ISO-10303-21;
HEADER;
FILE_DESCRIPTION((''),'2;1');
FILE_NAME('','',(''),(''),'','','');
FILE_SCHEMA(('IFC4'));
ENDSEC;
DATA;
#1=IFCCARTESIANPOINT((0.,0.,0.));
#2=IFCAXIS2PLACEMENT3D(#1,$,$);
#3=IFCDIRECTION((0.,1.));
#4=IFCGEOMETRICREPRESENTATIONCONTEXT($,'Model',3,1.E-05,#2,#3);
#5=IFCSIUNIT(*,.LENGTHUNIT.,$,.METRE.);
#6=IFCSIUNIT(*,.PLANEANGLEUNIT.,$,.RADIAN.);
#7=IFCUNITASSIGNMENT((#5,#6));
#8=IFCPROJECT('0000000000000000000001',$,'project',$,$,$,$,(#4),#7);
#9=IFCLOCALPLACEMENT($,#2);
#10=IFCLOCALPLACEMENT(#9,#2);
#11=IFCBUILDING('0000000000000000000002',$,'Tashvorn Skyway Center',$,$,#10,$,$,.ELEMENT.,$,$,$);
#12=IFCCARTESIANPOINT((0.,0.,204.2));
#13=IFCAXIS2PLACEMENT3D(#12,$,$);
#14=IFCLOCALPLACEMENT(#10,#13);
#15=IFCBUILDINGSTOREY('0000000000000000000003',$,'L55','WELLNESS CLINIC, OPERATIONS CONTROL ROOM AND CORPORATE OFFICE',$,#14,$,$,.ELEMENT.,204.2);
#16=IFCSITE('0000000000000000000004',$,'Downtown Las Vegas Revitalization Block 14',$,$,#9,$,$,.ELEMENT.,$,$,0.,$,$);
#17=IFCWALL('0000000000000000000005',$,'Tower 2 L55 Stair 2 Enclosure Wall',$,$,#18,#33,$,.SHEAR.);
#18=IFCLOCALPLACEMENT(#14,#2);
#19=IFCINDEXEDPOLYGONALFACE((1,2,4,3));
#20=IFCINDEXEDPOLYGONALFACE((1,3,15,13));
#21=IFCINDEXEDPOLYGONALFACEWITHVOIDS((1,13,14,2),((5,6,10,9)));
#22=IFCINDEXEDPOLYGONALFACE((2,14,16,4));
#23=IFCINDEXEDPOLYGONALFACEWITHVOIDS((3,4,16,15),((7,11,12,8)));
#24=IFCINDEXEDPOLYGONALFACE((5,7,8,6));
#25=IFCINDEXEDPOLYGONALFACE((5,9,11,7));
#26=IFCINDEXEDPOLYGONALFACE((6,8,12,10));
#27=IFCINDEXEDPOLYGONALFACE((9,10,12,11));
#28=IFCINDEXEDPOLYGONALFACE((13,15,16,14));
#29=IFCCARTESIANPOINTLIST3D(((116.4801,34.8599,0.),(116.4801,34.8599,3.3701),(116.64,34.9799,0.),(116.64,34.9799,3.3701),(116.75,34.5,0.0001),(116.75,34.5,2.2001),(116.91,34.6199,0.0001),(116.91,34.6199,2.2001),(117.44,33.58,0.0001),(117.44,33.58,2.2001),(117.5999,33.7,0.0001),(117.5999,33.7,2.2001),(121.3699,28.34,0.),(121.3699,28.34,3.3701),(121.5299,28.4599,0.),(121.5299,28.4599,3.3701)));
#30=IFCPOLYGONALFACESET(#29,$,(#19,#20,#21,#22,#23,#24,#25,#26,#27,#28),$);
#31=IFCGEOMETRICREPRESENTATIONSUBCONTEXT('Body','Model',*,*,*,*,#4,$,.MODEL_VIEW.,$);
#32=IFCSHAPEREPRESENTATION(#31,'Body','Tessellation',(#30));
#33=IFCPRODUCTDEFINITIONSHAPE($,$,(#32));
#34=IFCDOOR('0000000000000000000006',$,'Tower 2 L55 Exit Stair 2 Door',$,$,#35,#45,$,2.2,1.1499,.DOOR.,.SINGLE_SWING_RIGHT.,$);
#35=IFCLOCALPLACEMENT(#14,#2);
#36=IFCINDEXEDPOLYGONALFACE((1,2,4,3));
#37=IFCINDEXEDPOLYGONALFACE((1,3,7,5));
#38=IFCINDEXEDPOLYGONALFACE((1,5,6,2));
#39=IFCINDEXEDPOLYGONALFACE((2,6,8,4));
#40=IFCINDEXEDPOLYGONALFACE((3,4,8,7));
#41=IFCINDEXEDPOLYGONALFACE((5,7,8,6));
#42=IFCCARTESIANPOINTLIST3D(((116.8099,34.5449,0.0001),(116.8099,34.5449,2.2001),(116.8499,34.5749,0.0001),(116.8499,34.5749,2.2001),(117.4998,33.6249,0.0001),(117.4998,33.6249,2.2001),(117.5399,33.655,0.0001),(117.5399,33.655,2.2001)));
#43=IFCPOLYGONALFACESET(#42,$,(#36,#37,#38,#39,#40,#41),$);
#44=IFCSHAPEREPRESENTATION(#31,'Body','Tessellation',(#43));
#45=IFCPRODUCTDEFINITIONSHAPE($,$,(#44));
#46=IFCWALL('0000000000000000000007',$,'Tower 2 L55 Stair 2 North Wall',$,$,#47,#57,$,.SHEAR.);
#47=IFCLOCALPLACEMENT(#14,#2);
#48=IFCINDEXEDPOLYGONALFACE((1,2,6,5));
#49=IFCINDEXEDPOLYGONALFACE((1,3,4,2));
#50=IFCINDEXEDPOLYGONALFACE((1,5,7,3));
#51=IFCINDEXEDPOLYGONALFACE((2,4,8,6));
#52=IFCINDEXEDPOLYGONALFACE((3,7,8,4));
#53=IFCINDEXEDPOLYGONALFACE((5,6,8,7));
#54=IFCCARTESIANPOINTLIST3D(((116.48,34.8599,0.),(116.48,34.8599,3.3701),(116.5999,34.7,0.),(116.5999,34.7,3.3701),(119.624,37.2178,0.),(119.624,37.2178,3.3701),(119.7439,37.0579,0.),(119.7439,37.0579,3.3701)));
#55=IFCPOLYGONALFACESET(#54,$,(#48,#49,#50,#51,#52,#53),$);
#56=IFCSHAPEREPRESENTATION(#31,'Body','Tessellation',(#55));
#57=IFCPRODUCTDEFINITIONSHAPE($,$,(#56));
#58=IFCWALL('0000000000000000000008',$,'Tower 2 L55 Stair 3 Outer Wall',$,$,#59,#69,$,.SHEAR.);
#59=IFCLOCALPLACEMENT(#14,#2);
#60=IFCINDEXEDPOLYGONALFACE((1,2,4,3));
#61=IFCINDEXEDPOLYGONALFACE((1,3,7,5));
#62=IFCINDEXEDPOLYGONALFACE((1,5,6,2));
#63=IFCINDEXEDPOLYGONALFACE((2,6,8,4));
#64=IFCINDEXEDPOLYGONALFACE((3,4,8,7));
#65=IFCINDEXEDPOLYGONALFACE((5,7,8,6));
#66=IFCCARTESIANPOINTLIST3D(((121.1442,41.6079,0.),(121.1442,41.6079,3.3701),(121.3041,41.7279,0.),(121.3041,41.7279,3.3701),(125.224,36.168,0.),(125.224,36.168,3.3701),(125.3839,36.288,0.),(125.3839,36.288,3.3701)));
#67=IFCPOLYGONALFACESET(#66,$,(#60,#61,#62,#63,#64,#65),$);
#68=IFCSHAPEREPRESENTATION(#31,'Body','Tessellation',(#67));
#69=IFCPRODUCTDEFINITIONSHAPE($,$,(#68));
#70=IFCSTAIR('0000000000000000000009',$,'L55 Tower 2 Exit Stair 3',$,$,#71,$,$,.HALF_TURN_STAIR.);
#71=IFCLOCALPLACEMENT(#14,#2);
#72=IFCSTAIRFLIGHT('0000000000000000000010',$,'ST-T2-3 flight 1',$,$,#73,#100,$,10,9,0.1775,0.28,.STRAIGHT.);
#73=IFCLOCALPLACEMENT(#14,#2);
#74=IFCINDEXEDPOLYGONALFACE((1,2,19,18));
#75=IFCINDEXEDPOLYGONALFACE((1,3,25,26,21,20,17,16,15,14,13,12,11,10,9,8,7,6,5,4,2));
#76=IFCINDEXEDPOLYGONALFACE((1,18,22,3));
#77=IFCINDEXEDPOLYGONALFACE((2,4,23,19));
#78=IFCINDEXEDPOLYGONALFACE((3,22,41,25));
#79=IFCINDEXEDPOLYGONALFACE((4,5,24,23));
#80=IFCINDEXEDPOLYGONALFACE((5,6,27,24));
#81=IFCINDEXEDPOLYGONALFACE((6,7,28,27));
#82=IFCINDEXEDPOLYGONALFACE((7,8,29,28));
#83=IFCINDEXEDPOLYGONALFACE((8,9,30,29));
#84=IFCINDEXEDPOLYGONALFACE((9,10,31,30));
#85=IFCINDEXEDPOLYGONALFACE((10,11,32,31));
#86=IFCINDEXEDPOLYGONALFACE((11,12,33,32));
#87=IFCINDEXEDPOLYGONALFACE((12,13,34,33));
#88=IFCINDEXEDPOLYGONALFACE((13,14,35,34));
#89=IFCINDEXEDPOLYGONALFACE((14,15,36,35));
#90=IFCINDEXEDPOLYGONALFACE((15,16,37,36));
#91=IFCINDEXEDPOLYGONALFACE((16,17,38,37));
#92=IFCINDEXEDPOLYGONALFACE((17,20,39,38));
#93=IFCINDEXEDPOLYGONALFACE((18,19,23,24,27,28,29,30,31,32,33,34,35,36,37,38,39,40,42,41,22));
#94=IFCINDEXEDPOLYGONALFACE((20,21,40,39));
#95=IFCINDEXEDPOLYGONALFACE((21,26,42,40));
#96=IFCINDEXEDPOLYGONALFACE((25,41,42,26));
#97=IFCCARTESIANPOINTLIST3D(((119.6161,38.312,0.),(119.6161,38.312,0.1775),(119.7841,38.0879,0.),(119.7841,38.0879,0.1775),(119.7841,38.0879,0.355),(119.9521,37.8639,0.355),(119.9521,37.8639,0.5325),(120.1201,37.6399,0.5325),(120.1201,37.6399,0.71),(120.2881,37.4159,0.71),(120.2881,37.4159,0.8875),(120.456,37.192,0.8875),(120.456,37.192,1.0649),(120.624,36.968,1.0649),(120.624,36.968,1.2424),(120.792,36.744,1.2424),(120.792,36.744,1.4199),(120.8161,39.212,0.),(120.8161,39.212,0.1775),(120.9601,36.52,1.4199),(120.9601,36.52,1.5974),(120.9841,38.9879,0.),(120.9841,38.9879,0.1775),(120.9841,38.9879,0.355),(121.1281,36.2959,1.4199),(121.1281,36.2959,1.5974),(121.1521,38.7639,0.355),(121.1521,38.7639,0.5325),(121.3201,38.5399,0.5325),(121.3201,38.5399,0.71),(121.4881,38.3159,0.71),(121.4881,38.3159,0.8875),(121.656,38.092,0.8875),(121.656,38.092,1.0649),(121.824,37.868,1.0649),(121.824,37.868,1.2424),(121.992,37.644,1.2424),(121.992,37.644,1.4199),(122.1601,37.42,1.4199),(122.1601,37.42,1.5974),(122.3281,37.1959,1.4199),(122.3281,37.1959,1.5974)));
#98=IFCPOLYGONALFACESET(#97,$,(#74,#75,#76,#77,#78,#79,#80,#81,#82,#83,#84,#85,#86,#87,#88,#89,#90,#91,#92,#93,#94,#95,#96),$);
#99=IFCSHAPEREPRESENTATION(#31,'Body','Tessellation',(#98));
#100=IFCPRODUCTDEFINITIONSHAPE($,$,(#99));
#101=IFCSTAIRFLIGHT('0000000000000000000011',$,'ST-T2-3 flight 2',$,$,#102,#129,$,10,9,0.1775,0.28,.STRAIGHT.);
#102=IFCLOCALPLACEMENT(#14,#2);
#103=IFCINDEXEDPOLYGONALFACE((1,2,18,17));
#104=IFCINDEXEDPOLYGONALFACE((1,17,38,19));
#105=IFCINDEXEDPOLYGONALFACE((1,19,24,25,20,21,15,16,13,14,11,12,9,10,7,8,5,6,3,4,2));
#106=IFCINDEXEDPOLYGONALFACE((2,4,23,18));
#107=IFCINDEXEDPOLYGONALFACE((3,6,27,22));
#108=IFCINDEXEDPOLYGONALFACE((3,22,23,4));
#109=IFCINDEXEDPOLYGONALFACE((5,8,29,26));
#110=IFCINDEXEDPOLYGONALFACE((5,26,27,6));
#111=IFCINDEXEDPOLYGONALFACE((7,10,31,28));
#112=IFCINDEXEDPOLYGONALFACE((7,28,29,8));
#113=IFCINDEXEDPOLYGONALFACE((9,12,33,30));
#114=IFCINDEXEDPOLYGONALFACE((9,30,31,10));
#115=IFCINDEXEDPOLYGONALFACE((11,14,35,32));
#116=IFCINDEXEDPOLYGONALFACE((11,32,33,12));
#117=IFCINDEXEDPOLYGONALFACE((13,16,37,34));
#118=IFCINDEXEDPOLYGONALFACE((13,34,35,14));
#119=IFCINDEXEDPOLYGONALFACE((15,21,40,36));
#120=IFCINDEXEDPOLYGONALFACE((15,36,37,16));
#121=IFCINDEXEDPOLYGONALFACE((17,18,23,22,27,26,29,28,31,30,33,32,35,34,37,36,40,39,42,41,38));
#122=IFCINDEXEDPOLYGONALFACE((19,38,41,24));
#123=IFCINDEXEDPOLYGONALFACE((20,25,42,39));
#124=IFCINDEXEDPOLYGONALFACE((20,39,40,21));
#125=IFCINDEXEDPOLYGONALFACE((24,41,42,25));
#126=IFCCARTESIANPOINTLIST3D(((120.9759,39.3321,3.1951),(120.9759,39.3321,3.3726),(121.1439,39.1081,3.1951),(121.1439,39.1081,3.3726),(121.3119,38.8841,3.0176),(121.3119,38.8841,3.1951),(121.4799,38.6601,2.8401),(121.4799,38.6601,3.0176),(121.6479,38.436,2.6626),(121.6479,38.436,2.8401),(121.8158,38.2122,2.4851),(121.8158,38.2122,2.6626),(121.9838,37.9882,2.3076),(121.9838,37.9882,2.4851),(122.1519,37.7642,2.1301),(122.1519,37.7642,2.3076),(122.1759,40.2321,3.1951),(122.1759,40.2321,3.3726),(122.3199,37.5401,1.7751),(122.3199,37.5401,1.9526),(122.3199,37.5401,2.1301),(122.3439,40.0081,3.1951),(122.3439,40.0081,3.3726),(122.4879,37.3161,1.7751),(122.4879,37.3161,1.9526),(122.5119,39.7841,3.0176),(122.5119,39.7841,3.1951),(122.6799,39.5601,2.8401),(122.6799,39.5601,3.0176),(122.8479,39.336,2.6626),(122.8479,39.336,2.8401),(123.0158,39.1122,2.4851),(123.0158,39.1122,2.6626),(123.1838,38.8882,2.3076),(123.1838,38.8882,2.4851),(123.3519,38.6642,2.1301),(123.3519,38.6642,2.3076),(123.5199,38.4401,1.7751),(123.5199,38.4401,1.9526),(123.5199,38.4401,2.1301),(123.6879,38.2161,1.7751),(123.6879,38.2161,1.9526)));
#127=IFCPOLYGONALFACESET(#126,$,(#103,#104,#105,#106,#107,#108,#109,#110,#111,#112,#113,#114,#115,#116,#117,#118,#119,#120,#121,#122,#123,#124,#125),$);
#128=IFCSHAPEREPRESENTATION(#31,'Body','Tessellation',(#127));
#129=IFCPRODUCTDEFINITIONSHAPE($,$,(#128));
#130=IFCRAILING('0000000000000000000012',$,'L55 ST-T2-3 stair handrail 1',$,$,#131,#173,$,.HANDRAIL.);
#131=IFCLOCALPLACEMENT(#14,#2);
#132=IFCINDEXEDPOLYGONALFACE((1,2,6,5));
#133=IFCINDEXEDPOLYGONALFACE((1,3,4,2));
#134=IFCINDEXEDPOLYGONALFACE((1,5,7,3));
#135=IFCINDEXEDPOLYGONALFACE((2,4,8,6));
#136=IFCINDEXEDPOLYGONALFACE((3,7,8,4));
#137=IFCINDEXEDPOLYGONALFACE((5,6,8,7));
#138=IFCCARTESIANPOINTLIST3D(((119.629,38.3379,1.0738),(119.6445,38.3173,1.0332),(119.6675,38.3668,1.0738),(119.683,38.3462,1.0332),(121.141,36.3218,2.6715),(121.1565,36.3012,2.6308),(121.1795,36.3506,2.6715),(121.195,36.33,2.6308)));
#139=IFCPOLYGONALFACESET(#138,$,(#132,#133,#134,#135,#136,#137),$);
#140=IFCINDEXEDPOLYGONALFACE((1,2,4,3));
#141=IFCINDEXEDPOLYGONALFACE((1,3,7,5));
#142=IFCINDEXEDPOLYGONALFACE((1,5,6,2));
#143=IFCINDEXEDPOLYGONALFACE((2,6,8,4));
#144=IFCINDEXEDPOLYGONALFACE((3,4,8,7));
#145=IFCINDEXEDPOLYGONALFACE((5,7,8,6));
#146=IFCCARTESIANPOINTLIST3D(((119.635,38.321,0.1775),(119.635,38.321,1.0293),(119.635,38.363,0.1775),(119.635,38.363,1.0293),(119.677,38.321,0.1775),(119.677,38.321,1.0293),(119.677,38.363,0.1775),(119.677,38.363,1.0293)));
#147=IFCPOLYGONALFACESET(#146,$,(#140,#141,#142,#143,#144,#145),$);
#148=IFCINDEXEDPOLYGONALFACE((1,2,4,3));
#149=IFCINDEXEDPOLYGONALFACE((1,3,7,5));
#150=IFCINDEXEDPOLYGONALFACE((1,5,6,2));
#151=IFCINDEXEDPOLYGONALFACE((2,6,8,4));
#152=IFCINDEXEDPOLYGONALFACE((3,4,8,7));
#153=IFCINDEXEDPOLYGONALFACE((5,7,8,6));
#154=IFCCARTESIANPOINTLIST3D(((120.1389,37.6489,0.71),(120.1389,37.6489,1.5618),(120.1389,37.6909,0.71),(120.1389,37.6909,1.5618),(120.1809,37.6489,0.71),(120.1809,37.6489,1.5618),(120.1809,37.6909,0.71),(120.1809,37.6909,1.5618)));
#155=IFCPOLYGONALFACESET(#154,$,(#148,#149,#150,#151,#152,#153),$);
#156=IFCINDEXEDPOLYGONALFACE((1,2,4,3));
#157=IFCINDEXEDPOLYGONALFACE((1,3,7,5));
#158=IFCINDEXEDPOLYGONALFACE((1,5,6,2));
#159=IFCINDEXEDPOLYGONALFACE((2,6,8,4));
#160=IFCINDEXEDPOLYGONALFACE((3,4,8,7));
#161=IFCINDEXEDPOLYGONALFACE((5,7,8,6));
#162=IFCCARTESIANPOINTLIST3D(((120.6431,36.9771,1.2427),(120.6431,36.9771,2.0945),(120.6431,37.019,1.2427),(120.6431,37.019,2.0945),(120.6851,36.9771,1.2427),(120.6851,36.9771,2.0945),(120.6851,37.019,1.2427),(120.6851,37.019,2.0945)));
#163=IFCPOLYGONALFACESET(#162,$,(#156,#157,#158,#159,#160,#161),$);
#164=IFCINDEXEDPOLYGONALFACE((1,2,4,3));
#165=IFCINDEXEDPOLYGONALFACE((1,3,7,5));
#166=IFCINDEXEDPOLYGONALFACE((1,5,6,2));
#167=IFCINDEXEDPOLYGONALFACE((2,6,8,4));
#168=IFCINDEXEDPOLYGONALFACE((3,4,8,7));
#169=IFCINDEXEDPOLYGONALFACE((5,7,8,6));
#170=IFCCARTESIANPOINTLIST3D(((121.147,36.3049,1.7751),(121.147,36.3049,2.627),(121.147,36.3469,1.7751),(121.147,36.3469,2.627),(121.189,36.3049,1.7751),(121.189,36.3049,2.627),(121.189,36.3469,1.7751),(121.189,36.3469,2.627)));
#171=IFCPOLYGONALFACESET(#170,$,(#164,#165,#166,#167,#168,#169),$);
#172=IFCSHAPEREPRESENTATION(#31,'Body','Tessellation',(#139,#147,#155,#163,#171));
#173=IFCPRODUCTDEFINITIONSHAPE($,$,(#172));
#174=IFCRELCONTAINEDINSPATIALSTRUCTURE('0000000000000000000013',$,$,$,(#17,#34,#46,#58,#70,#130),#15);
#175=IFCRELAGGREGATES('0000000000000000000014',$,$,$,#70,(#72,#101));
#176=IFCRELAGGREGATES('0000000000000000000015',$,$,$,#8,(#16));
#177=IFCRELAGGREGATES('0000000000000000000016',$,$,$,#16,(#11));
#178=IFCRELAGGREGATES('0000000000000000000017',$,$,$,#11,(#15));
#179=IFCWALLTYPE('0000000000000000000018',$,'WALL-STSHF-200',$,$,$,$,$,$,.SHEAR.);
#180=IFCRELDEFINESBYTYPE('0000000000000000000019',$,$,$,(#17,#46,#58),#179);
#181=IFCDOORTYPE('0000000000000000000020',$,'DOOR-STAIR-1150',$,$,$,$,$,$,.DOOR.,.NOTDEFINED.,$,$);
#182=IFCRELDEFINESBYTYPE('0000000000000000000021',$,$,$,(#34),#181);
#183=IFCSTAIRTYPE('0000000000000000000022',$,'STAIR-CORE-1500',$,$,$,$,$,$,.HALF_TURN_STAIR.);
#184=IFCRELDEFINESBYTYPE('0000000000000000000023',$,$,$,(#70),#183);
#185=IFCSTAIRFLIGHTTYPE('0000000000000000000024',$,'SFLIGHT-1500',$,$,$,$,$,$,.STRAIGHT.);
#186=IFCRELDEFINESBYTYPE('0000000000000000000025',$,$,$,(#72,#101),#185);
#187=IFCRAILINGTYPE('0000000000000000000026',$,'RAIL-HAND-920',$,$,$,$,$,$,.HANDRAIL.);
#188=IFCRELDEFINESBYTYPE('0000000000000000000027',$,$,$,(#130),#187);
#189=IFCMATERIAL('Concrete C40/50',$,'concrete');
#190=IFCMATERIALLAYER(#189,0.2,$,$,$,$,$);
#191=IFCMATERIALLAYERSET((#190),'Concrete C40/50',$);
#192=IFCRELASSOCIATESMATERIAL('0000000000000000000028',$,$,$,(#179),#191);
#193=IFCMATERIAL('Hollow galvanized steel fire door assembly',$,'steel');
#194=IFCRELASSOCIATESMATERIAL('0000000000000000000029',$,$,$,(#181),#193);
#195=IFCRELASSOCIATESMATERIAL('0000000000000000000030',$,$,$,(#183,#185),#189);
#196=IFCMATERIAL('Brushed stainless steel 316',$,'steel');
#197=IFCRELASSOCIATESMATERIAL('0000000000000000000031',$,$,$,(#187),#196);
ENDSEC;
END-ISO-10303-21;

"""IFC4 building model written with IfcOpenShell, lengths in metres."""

from ifc_helpers import new_model, si_unit, direction, frame, frame_2d, origin, origin_2d, place, context, subcontext, project, spatial, polyline, rectangle, outline, extrude, material, layer, layer_set, type_object, element, fill, aggregate, save


model = new_model("IFC4")

# Units and contexts
model_context = context("Model", 3, precision=1e-05, world=origin(), true_north=direction((0.0, 1.0)))
body_context = subcontext(model_context, "Body", "Model", "MODEL_VIEW")
ifc_project = project(units=[si_unit("LENGTHUNIT", "METRE"), si_unit("PLANEANGLEUNIT", "RADIAN")], contexts=[model_context])

# Site, building, storey
site_placement = place(None, origin())
site = spatial("IfcSite", under=ifc_project, at=site_placement, Name="Downtown Las Vegas Revitalization Block 14", CompositionType="ELEMENT", RefElevation=0.0)
building_placement = place(site_placement, origin())
building = spatial("IfcBuilding", under=site, at=building_placement, Name="Tashvorn Skyway Center", CompositionType="ELEMENT")
storey_placement = place(building_placement, frame((0.0, 0.0, 204.2)))
storey = spatial("IfcBuildingStorey", under=building, at=storey_placement, Name="L55", Description="WELLNESS CLINIC, OPERATIONS CONTROL ROOM AND CORPORATE OFFICE", CompositionType="ELEMENT", Elevation=204.2)

# Shared definitions
ifc_material_1 = material(Name="Concrete C40/50", Category="concrete")

# Wall, opening, door
ifc_layer_1 = layer(ifc_material_1, 0.2)
ifc_layer_set_1 = layer_set([ifc_layer_1], Name="Concrete C40/50")
wall_type_1 = type_object("IfcWallType", Name="WALL-STSHF-200", PredefinedType="SHEAR", material=ifc_layer_set_1)
wall_1_placement = place(storey_placement, frame((116.5601, 34.9199, 0.0), z_axis=(0.0, 0.0, 1.0), x_axis=(0.59999, -0.800007, 0.0)))
wall_1 = element("IfcWall", 1, at=wall_1_placement, inside=storey, type_object=wall_type_1, Name="Tower 2 L55 Stair 2 Enclosure Wall", PredefinedType="SHEAR", context=body_context, shape_type="SweptSolid", body=[
    extrude(rectangle(XDim=8.1499, YDim=0.2, at=frame_2d((4.075, 0.0))), origin(), (0.0, 0.0, 1.0), 3.3701),
])
opening_placement = place(wall_1_placement, frame((0.45, 0.0, 0.0)))
opening = element("IfcOpeningElement", 2, at=opening_placement, cuts=wall_1, PredefinedType="OPENING", context=body_context, shape_type="SweptSolid", body=[
    extrude(rectangle(XDim=1.1499, YDim=2.2, at=frame_2d((0.575, 1.1001))), frame((0.0, 0.1099, 0.0), z_axis=(0.0, -1.0, 0.0), x_axis=(1.0, 0.0, 0.0)), (0.0, 0.0, 1.0), 0.22),
])
ifc_material_2 = material(Name="Hollow galvanized steel fire door assembly", Category="steel")
door_type = type_object("IfcDoorType", Name="DOOR-STAIR-1150", OperationType="NOTDEFINED", PredefinedType="DOOR", material=ifc_material_2)
door_placement = place(opening_placement, origin())
door = element("IfcDoor", 3, at=door_placement, inside=storey, type_object=door_type, Name="Tower 2 L55 Exit Stair 2 Door", OperationType="SINGLE_SWING_RIGHT", OverallHeight=2.2, OverallWidth=1.1499, PredefinedType="DOOR", context=body_context, shape_type="SweptSolid", body=[
    extrude(rectangle(XDim=1.1499, YDim=2.2, at=frame_2d((0.575, 1.1001))), frame((0.0, 0.0249, 0.0), z_axis=(0.0, -1.0, 0.0), x_axis=(1.0, 0.0, 0.0)), (0.0, 0.0, 1.0), 0.05),
])
fill(opening, door)

# Walls
wall_2_placement = place(storey_placement, frame((116.54, 34.78, 0.0), z_axis=(0.0, 0.0, 1.0), x_axis=(0.800015, 0.59998, 0.0)))
element("IfcWall", 4, at=wall_2_placement, inside=storey, type_object=wall_type_1, Name="Tower 2 L55 Stair 2 North Wall", PredefinedType="SHEAR", context=body_context, shape_type="SweptSolid", body=[
    extrude(rectangle(XDim=3.9299, YDim=0.2, at=frame_2d((1.9648, 0.0))), origin(), (0.0, 0.0, 1.0), 3.3701),
])
wall_3_placement = place(storey_placement, frame((125.304, 36.228, 0.0), z_axis=(0.0, 0.0, 1.0), x_axis=(-0.599989, 0.800009, 0.0)))
element("IfcWall", 5, at=wall_3_placement, inside=storey, type_object=wall_type_1, Name="Tower 2 L55 Stair 3 Outer Wall", PredefinedType="SHEAR", context=body_context, shape_type="SweptSolid", body=[
    extrude(rectangle(XDim=6.7998, YDim=0.2, at=frame_2d((3.3999, 0.0))), origin(), (0.0, 0.0, 1.0), 3.3701),
])

# Stair, stair flights
stair_type = type_object("IfcStairType", Name="STAIR-CORE-1500", PredefinedType="HALF_TURN_STAIR", material=ifc_material_1)
stair_placement = place(storey_placement, origin())
stair = element("IfcStair", 6, at=stair_placement, inside=storey, type_object=stair_type, Name="L55 Tower 2 Exit Stair 3", PredefinedType="HALF_TURN_STAIR")
stair_flight_type = type_object("IfcStairFlightType", Name="SFLIGHT-1500", PredefinedType="STRAIGHT", material=ifc_material_1)
stair_flight_1_placement = place(storey_placement, frame((120.2161, 38.762, 0.0), z_axis=(0.0, 0.0, 1.0), x_axis=(0.6, -0.8, 0.0)))
stair_flight_1 = element("IfcStairFlight", 7, at=stair_flight_1_placement, type_object=stair_flight_type, Name="ST-T2-3 flight 1", NumberOfRisers=10, NumberOfTreads=9, PredefinedType="STRAIGHT", RiserHeight=0.1775, TreadLength=0.28, context=body_context, shape_type="SweptSolid", body=[
    extrude(outline(polyline([(0.0, 0.0), (0.0, 0.1775), (0.28, 0.1775), (0.28, 0.355), (0.5601, 0.355), (0.5601, 0.5325), (0.8401, 0.5325), (0.8401, 0.71), (1.1201, 0.71), (1.1201, 0.8875), (1.3999, 0.8875), (1.3999, 1.0649), (1.6799, 1.0649), (1.6799, 1.2424), (1.96, 1.2424), (1.96, 1.4199), (2.24, 1.4199), (2.24, 1.5974), (2.52, 1.5974), (2.52, 1.7749), (2.52, 1.4199), (0.28, 0.0), (0.0, 0.0)])), frame((0.0, 0.75, 0.0), z_axis=(0.0, -1.0, 0.0), x_axis=(1.0, 0.0, 0.0)), (0.0, 0.0, 1.0), 1.5),
])
stair_flight_2_placement = place(storey_placement, frame((123.0879, 37.7661, 1.7751), z_axis=(0.0, 0.0, 1.0), x_axis=(-0.6, 0.8, 0.0)))
stair_flight_2 = element("IfcStairFlight", 8, at=stair_flight_2_placement, type_object=stair_flight_type, Name="ST-T2-3 flight 2", NumberOfRisers=10, NumberOfTreads=9, PredefinedType="STRAIGHT", RiserHeight=0.1775, TreadLength=0.28, context=body_context, shape_type="SweptSolid", body=[
    extrude(outline(polyline([(0.0, 0.0), (0.0, 0.1775), (0.28, 0.1775), (0.28, 0.355), (0.5601, 0.355), (0.5601, 0.5325), (0.8401, 0.5325), (0.8401, 0.71), (1.1201, 0.71), (1.1201, 0.8875), (1.3999, 0.8875), (1.3999, 1.0649), (1.6799, 1.0649), (1.6799, 1.2424), (1.96, 1.2424), (1.96, 1.4199), (2.24, 1.4199), (2.24, 1.5974), (2.52, 1.5974), (2.52, 1.7749), (2.52, 1.4199), (0.28, 0.0), (0.0, 0.0)])), frame((0.0, 0.75, 0.0), z_axis=(0.0, -1.0, 0.0), x_axis=(1.0, 0.0, 0.0)), (0.0, 0.0, 1.0), 1.5),
])
aggregate(stair, [stair_flight_1, stair_flight_2])

# Railing
ifc_material_3 = material(Name="Brushed stainless steel 316", Category="steel")
railing_type_1 = type_object("IfcRailingType", Name="RAIL-HAND-920", PredefinedType="HANDRAIL", material=ifc_material_3)
railing_1_placement = place(storey_placement, frame((119.656, 38.342, 0.1775)))
element("IfcRailing", 9, at=railing_1_placement, inside=storey, type_object=railing_type_1, Name="L55 ST-T2-3 stair handrail 1", PredefinedType="HANDRAIL", context=body_context, shape_type="SweptSolid", body=[
    extrude(rectangle(XDim=0.0481, YDim=0.0481, at=origin_2d()), frame((0.0, 0.0, 0.876), z_axis=(0.506719, -0.675679, 0.535438), x_axis=(0.800023, 0.599969, 0.0)), (0.0, 0.0, 1.0), 2.9839),
    extrude(rectangle(XDim=0.042, YDim=0.042, at=origin_2d()), origin(), (0.0, 0.0, 1.0), 0.8518),
    extrude(rectangle(XDim=0.042, YDim=0.042, at=origin_2d()), frame((0.5039, -0.6721, 0.5325)), (0.0, 0.0, 1.0), 0.8518),
    extrude(rectangle(XDim=0.042, YDim=0.042, at=origin_2d()), frame((1.0081, -1.344, 1.0652)), (0.0, 0.0, 1.0), 0.8518),
    extrude(rectangle(XDim=0.042, YDim=0.042, at=origin_2d()), frame((1.512, -2.0161, 1.5977)), (0.0, 0.0, 1.0), 0.8518),
])

save(model, "model.ifc")
